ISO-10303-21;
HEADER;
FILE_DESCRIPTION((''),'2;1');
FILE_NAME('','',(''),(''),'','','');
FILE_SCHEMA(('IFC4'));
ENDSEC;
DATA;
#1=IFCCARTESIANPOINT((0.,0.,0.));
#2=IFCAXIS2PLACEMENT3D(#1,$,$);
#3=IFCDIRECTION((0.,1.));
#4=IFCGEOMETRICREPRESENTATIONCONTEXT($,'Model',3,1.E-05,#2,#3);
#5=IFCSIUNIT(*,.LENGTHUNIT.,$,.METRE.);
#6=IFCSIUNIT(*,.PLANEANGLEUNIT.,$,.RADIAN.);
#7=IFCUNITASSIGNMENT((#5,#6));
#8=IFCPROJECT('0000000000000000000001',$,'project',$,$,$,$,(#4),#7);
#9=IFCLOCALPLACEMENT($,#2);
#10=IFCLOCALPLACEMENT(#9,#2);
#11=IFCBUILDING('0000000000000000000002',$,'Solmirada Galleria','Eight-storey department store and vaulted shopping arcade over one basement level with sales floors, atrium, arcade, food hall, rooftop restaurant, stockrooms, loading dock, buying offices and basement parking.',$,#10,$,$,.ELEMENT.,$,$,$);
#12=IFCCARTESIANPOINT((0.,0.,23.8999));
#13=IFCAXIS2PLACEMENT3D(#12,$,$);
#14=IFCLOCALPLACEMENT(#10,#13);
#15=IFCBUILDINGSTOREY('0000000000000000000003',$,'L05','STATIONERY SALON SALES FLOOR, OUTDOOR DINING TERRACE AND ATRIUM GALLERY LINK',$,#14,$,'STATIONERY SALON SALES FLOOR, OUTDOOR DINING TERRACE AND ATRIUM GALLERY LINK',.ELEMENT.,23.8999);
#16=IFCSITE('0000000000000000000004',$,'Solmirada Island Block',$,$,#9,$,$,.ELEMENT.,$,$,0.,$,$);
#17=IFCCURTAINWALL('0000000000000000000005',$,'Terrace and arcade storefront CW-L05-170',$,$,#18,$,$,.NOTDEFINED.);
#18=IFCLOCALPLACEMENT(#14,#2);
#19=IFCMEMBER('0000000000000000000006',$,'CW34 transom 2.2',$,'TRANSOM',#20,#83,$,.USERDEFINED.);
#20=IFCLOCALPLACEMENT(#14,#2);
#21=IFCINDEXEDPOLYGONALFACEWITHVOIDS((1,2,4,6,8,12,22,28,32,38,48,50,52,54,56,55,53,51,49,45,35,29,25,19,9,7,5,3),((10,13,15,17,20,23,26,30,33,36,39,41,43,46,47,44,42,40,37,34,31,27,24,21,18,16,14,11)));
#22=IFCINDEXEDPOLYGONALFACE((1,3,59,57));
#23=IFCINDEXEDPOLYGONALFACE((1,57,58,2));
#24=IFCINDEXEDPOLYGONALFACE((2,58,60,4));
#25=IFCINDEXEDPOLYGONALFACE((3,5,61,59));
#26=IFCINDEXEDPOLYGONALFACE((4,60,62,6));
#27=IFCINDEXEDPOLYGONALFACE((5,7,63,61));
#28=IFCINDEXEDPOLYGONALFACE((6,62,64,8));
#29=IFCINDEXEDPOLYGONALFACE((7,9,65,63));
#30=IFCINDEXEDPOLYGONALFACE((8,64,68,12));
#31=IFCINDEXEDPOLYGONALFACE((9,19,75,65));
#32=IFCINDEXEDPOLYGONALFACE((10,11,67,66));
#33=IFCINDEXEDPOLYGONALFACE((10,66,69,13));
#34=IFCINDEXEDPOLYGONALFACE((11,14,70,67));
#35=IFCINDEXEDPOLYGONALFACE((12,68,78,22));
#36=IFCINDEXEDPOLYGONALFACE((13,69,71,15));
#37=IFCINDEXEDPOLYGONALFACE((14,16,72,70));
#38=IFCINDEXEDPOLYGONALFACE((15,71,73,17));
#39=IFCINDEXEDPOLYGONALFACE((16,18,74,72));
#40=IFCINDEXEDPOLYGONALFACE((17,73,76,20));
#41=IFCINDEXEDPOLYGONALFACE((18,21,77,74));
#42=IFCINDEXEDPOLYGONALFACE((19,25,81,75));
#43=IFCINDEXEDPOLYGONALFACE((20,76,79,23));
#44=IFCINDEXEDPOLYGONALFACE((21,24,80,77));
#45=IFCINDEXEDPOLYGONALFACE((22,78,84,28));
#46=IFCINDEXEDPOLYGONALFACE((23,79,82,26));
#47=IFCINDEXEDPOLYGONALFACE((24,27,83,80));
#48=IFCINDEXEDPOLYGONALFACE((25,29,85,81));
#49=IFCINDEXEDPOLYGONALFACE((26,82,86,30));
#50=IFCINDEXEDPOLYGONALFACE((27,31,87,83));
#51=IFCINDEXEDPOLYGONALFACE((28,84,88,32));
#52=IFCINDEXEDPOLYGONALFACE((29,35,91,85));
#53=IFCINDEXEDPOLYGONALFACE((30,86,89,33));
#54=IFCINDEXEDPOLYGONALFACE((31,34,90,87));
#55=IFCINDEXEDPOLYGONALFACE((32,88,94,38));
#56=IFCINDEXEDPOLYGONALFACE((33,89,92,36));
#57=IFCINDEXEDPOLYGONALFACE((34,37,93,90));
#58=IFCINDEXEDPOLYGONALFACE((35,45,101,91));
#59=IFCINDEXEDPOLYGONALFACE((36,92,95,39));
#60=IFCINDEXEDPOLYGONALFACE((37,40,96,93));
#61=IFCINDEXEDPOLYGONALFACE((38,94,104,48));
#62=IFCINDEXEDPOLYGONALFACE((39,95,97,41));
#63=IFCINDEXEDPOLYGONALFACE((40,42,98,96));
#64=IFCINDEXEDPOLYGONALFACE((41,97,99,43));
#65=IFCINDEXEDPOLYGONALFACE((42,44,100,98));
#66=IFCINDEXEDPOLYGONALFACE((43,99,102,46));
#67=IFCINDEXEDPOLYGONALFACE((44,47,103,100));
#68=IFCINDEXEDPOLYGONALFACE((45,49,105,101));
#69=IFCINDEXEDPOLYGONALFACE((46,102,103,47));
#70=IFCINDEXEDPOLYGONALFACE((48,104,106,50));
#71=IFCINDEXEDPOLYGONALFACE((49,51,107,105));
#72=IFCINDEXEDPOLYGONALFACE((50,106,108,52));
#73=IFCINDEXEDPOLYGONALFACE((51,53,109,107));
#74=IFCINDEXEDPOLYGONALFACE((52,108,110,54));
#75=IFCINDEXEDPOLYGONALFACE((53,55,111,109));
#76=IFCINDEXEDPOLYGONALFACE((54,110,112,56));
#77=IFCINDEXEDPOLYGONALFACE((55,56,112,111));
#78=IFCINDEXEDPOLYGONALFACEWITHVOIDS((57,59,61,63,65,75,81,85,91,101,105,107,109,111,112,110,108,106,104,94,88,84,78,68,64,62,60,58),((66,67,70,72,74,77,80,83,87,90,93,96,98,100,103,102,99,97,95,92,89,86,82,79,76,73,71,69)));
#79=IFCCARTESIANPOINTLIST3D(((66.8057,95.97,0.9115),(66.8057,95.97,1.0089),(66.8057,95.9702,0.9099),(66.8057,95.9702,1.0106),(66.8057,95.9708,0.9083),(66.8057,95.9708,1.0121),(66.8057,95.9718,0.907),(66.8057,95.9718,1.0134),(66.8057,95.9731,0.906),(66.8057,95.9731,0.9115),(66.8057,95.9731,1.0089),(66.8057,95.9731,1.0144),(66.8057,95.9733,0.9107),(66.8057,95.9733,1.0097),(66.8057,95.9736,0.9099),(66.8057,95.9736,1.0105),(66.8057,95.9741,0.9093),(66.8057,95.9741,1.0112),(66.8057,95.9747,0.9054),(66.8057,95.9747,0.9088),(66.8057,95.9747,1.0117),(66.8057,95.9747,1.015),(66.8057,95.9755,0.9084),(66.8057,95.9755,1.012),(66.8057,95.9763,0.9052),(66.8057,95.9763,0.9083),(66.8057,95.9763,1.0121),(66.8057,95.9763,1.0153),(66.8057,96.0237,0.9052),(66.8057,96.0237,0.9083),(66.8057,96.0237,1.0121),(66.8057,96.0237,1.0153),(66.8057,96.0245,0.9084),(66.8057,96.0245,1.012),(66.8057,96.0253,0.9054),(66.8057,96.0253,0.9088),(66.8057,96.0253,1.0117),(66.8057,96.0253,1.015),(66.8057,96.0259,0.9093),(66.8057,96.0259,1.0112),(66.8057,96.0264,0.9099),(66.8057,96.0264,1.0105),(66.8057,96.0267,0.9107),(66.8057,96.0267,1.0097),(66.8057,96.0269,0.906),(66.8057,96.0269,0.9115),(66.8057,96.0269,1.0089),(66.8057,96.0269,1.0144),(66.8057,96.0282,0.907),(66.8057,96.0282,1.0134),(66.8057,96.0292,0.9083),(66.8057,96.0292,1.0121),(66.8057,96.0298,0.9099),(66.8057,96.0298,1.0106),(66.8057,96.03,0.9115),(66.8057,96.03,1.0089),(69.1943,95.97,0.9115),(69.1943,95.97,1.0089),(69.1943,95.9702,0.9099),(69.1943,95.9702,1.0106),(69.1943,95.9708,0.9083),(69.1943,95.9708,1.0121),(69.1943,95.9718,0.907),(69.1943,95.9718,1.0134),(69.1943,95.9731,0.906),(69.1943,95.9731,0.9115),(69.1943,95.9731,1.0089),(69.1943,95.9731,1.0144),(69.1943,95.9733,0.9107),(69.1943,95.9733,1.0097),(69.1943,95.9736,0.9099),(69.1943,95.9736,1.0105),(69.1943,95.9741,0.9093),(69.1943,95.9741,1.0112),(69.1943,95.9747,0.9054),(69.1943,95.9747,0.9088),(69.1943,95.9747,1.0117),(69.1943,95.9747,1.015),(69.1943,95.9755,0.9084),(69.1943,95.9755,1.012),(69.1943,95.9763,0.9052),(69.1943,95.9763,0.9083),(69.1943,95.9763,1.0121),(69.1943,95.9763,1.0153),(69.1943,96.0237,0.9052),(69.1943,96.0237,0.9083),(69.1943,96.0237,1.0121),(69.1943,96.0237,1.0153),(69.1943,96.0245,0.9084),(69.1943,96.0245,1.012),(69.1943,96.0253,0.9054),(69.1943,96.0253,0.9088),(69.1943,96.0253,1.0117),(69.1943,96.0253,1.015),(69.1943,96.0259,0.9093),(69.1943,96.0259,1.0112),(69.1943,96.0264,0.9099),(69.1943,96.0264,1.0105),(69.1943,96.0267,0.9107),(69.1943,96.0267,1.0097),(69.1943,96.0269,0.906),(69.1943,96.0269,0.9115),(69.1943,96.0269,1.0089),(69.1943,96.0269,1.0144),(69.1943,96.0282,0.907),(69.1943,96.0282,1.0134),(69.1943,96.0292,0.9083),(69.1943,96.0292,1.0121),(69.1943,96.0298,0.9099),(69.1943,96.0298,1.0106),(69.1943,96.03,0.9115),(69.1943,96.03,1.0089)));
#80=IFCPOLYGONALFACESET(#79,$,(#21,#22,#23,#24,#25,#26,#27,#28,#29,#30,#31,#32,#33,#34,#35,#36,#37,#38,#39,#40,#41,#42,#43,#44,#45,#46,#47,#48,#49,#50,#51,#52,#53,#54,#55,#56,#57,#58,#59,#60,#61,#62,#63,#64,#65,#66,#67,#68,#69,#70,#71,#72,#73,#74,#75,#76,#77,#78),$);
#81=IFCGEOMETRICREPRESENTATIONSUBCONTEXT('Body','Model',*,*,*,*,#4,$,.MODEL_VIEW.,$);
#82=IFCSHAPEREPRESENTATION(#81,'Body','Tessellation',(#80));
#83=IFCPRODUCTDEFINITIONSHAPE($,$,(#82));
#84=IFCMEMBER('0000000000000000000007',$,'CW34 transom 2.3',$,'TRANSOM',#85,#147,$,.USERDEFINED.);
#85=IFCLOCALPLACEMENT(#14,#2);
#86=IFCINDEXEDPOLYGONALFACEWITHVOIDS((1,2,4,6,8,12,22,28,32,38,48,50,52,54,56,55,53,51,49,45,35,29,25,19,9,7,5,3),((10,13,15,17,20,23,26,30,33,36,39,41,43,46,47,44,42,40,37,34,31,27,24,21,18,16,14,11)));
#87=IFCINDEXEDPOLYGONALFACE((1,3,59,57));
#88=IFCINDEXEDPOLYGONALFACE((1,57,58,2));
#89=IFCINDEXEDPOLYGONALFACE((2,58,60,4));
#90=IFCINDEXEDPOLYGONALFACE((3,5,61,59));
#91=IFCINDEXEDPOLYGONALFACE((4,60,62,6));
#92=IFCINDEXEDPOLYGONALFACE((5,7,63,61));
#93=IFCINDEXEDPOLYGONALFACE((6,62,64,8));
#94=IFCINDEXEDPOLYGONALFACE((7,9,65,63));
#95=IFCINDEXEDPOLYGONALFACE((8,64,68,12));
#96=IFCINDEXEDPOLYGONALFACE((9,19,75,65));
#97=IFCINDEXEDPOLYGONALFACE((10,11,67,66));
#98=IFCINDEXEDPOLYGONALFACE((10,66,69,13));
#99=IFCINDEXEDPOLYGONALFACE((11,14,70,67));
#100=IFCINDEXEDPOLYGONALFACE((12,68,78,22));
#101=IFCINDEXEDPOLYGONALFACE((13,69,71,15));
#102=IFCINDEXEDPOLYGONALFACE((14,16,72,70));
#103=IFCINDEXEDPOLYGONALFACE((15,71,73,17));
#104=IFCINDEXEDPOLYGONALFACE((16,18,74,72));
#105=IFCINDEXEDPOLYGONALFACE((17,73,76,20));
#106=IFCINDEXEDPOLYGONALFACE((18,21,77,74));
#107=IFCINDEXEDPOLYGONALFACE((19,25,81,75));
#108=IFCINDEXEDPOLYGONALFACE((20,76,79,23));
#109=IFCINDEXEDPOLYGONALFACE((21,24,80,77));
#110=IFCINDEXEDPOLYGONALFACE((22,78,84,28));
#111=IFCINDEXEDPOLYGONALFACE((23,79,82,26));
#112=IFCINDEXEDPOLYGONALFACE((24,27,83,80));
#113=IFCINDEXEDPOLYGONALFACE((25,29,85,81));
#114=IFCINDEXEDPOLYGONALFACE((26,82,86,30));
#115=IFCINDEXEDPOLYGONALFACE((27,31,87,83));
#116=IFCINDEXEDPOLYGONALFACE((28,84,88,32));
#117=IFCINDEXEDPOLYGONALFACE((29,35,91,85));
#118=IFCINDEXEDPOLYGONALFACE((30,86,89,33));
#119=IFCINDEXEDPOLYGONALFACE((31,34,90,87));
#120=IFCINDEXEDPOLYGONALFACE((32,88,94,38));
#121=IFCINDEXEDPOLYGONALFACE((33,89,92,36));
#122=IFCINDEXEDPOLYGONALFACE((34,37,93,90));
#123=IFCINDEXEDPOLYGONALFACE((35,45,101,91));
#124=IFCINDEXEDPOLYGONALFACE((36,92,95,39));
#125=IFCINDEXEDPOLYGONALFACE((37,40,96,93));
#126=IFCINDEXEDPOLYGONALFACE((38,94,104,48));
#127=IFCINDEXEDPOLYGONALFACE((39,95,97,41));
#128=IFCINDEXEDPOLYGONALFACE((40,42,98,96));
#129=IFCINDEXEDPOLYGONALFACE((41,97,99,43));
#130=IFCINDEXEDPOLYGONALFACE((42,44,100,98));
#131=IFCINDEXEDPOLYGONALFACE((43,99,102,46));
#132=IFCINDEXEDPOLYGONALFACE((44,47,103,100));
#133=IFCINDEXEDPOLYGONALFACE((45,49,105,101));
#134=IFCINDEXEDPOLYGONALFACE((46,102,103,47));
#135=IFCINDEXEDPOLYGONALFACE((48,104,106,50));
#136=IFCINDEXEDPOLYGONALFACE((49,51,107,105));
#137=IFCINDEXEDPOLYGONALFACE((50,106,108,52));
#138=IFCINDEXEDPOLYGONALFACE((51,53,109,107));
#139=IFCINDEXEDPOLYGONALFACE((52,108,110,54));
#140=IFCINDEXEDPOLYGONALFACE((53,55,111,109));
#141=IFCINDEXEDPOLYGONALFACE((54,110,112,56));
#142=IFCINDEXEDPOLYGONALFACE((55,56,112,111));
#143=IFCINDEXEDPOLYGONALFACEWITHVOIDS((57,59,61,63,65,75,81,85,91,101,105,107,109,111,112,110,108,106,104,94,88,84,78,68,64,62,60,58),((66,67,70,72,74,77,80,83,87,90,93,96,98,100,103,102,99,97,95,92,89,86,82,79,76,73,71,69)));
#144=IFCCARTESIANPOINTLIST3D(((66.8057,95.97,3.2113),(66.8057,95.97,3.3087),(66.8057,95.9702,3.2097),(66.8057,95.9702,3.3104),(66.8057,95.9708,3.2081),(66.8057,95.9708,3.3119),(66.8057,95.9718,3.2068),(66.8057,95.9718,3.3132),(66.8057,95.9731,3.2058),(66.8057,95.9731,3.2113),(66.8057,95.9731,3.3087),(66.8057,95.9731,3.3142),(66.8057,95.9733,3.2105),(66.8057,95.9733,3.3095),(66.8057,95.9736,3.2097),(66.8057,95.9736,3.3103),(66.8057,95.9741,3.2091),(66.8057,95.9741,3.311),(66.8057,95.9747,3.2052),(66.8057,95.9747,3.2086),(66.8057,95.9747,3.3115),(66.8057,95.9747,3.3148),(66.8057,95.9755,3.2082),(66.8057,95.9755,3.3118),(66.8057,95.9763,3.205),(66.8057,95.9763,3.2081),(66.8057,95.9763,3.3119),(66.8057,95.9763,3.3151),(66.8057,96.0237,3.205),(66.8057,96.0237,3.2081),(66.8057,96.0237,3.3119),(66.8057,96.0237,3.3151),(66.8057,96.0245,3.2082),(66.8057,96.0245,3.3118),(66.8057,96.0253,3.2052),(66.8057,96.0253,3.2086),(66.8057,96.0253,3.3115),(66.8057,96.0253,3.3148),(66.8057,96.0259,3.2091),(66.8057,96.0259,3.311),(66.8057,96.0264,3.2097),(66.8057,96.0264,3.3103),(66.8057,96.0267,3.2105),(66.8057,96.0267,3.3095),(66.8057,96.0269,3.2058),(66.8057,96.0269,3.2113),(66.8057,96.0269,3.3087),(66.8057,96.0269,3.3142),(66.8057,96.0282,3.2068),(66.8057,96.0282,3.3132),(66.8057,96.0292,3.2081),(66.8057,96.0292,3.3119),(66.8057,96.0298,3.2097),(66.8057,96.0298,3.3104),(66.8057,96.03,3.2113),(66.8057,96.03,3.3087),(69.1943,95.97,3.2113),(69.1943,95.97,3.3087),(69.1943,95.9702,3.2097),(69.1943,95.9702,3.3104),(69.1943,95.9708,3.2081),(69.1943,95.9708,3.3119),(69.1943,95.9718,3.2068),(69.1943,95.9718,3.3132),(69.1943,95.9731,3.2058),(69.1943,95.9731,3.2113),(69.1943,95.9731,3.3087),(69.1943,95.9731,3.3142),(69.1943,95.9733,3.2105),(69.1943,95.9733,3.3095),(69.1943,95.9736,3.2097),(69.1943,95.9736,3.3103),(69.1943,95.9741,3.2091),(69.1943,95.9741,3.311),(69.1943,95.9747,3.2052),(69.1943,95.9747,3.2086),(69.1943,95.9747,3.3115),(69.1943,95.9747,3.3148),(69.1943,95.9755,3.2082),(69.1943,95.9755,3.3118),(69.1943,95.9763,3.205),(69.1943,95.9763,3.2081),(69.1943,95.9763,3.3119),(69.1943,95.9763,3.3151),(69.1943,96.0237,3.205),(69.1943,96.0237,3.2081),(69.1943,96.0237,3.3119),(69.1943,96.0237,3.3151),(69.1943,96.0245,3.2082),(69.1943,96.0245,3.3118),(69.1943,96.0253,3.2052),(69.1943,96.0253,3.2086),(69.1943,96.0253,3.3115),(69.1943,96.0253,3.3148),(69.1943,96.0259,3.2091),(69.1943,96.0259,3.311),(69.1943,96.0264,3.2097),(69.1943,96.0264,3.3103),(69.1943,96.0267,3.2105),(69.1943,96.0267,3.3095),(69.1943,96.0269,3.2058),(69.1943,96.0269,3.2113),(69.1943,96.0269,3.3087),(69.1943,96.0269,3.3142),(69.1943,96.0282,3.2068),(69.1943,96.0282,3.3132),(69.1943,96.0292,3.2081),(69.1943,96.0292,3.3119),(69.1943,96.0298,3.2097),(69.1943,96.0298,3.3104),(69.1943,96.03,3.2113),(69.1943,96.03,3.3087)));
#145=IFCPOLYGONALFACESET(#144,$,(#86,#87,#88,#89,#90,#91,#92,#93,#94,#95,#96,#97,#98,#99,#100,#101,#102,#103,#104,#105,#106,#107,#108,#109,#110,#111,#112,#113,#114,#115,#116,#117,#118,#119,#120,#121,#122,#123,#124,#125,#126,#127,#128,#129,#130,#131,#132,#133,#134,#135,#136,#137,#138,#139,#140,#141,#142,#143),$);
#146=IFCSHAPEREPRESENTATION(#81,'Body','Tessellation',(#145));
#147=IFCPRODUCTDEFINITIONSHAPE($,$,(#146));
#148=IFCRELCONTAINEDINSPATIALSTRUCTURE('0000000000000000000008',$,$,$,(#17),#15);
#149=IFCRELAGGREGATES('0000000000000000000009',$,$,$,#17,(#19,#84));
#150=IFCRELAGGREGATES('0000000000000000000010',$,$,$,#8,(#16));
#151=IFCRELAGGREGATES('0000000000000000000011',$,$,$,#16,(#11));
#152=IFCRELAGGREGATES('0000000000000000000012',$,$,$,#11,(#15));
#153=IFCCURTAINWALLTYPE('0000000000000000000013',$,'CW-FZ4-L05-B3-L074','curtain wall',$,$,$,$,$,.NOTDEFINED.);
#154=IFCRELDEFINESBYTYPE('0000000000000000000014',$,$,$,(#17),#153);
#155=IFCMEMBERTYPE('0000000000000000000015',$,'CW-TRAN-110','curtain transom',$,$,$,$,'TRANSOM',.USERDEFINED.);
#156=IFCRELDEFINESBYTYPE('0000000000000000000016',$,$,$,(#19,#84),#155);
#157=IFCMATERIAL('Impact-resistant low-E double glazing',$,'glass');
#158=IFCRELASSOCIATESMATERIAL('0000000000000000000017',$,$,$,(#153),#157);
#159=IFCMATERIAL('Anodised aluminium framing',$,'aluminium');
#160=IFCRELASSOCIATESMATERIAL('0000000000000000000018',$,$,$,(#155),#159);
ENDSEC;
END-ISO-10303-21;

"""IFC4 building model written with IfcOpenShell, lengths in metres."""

from ifc_helpers import new_model, si_unit, direction, frame, origin, origin_2d, place, context, subcontext, project, spatial, hollow_rectangle, extrude, material, material_profile, profile_set, type_object, element, aggregate, save


model = new_model("IFC4")

# Units and contexts
model_context = context("Model", 3, precision=1e-05, world=origin(), true_north=direction((0.0, 1.0)))
body_context = subcontext(model_context, "Body", "Model", "MODEL_VIEW")
ifc_project = project(units=[si_unit("LENGTHUNIT", "METRE"), si_unit("PLANEANGLEUNIT", "RADIAN")], contexts=[model_context])

# Site, building, storey
site_placement = place(None, origin())
site = spatial("IfcSite", under=ifc_project, at=site_placement, Name="Solmirada Island Block", CompositionType="ELEMENT", RefElevation=0.0)
building_placement = place(site_placement, origin())
building = spatial("IfcBuilding", under=site, at=building_placement, Name="Solmirada Galleria", Description="Eight-storey department store and vaulted shopping arcade over one basement level with sales floors, atrium, arcade, food hall, rooftop restaurant, stockrooms, loading dock, buying offices and basement parking.", CompositionType="ELEMENT")
storey_placement = place(building_placement, frame((0.0, 0.0, 23.8999)))
storey = spatial("IfcBuildingStorey", under=building, at=storey_placement, Name="L05", Description="STATIONERY SALON SALES FLOOR, OUTDOOR DINING TERRACE AND ATRIUM GALLERY LINK", LongName="STATIONERY SALON SALES FLOOR, OUTDOOR DINING TERRACE AND ATRIUM GALLERY LINK", CompositionType="ELEMENT", Elevation=23.8999)

# Curtain wall, members
ifc_material_1 = material(Name="Impact-resistant low-E double glazing", Category="glass")
curtain_wall_type = type_object("IfcCurtainWallType", Name="CW-FZ4-L05-B3-L074", Description="curtain wall", PredefinedType="NOTDEFINED", material=ifc_material_1)
curtain_wall_placement = place(storey_placement, origin())
curtain_wall = element("IfcCurtainWall", 1, at=curtain_wall_placement, inside=storey, type_object=curtain_wall_type, Name="Terrace and arcade storefront CW-L05-170", PredefinedType="NOTDEFINED")
ifc_material_2 = material(Name="Anodised aluminium framing", Category="aluminium")
ifc_material_profile_1 = material_profile(ifc_material_2, hollow_rectangle(XDim=0.0601, YDim=0.1101, WallThickness=0.0032, InnerFilletRadius=0.0032, OuterFilletRadius=0.0063, at=origin_2d()), Name="ALU-TRAN-110X60")
ifc_profile_set_1 = profile_set([ifc_material_profile_1], Name="Anodised aluminium framing")
member_type_1 = type_object("IfcMemberType", Name="CW-TRAN-110", Description="curtain transom", ElementType="TRANSOM", PredefinedType="USERDEFINED", material=ifc_profile_set_1)
member_1_placement = place(storey_placement, frame((69.1943, 96.0, 0.9602), z_axis=(-1.0, 0.0, 0.0), x_axis=(0.0, -1.0, 0.0)))
member_1 = element("IfcMember", 2, at=member_1_placement, type_object=member_type_1, Name="CW34 transom 2.2", ObjectType="TRANSOM", PredefinedType="USERDEFINED", context=body_context, shape_type="SweptSolid", body=[
    extrude(hollow_rectangle(XDim=0.0601, YDim=0.1101, WallThickness=0.0032, InnerFilletRadius=0.0032, OuterFilletRadius=0.0063, at=origin_2d()), origin(), (0.0, 0.0, 1.0), 2.3887),
])
member_2_placement = place(storey_placement, frame((69.1943, 96.0, 3.26), z_axis=(-1.0, 0.0, 0.0), x_axis=(0.0, -1.0, 0.0)))
member_2 = element("IfcMember", 3, at=member_2_placement, type_object=member_type_1, Name="CW34 transom 2.3", ObjectType="TRANSOM", PredefinedType="USERDEFINED", context=body_context, shape_type="SweptSolid", body=[
    extrude(hollow_rectangle(XDim=0.0601, YDim=0.1101, WallThickness=0.0032, InnerFilletRadius=0.0032, OuterFilletRadius=0.0063, at=origin_2d()), origin(), (0.0, 0.0, 1.0), 2.3887),
])
aggregate(curtain_wall, [member_1, member_2])

save(model, "model.ifc")
